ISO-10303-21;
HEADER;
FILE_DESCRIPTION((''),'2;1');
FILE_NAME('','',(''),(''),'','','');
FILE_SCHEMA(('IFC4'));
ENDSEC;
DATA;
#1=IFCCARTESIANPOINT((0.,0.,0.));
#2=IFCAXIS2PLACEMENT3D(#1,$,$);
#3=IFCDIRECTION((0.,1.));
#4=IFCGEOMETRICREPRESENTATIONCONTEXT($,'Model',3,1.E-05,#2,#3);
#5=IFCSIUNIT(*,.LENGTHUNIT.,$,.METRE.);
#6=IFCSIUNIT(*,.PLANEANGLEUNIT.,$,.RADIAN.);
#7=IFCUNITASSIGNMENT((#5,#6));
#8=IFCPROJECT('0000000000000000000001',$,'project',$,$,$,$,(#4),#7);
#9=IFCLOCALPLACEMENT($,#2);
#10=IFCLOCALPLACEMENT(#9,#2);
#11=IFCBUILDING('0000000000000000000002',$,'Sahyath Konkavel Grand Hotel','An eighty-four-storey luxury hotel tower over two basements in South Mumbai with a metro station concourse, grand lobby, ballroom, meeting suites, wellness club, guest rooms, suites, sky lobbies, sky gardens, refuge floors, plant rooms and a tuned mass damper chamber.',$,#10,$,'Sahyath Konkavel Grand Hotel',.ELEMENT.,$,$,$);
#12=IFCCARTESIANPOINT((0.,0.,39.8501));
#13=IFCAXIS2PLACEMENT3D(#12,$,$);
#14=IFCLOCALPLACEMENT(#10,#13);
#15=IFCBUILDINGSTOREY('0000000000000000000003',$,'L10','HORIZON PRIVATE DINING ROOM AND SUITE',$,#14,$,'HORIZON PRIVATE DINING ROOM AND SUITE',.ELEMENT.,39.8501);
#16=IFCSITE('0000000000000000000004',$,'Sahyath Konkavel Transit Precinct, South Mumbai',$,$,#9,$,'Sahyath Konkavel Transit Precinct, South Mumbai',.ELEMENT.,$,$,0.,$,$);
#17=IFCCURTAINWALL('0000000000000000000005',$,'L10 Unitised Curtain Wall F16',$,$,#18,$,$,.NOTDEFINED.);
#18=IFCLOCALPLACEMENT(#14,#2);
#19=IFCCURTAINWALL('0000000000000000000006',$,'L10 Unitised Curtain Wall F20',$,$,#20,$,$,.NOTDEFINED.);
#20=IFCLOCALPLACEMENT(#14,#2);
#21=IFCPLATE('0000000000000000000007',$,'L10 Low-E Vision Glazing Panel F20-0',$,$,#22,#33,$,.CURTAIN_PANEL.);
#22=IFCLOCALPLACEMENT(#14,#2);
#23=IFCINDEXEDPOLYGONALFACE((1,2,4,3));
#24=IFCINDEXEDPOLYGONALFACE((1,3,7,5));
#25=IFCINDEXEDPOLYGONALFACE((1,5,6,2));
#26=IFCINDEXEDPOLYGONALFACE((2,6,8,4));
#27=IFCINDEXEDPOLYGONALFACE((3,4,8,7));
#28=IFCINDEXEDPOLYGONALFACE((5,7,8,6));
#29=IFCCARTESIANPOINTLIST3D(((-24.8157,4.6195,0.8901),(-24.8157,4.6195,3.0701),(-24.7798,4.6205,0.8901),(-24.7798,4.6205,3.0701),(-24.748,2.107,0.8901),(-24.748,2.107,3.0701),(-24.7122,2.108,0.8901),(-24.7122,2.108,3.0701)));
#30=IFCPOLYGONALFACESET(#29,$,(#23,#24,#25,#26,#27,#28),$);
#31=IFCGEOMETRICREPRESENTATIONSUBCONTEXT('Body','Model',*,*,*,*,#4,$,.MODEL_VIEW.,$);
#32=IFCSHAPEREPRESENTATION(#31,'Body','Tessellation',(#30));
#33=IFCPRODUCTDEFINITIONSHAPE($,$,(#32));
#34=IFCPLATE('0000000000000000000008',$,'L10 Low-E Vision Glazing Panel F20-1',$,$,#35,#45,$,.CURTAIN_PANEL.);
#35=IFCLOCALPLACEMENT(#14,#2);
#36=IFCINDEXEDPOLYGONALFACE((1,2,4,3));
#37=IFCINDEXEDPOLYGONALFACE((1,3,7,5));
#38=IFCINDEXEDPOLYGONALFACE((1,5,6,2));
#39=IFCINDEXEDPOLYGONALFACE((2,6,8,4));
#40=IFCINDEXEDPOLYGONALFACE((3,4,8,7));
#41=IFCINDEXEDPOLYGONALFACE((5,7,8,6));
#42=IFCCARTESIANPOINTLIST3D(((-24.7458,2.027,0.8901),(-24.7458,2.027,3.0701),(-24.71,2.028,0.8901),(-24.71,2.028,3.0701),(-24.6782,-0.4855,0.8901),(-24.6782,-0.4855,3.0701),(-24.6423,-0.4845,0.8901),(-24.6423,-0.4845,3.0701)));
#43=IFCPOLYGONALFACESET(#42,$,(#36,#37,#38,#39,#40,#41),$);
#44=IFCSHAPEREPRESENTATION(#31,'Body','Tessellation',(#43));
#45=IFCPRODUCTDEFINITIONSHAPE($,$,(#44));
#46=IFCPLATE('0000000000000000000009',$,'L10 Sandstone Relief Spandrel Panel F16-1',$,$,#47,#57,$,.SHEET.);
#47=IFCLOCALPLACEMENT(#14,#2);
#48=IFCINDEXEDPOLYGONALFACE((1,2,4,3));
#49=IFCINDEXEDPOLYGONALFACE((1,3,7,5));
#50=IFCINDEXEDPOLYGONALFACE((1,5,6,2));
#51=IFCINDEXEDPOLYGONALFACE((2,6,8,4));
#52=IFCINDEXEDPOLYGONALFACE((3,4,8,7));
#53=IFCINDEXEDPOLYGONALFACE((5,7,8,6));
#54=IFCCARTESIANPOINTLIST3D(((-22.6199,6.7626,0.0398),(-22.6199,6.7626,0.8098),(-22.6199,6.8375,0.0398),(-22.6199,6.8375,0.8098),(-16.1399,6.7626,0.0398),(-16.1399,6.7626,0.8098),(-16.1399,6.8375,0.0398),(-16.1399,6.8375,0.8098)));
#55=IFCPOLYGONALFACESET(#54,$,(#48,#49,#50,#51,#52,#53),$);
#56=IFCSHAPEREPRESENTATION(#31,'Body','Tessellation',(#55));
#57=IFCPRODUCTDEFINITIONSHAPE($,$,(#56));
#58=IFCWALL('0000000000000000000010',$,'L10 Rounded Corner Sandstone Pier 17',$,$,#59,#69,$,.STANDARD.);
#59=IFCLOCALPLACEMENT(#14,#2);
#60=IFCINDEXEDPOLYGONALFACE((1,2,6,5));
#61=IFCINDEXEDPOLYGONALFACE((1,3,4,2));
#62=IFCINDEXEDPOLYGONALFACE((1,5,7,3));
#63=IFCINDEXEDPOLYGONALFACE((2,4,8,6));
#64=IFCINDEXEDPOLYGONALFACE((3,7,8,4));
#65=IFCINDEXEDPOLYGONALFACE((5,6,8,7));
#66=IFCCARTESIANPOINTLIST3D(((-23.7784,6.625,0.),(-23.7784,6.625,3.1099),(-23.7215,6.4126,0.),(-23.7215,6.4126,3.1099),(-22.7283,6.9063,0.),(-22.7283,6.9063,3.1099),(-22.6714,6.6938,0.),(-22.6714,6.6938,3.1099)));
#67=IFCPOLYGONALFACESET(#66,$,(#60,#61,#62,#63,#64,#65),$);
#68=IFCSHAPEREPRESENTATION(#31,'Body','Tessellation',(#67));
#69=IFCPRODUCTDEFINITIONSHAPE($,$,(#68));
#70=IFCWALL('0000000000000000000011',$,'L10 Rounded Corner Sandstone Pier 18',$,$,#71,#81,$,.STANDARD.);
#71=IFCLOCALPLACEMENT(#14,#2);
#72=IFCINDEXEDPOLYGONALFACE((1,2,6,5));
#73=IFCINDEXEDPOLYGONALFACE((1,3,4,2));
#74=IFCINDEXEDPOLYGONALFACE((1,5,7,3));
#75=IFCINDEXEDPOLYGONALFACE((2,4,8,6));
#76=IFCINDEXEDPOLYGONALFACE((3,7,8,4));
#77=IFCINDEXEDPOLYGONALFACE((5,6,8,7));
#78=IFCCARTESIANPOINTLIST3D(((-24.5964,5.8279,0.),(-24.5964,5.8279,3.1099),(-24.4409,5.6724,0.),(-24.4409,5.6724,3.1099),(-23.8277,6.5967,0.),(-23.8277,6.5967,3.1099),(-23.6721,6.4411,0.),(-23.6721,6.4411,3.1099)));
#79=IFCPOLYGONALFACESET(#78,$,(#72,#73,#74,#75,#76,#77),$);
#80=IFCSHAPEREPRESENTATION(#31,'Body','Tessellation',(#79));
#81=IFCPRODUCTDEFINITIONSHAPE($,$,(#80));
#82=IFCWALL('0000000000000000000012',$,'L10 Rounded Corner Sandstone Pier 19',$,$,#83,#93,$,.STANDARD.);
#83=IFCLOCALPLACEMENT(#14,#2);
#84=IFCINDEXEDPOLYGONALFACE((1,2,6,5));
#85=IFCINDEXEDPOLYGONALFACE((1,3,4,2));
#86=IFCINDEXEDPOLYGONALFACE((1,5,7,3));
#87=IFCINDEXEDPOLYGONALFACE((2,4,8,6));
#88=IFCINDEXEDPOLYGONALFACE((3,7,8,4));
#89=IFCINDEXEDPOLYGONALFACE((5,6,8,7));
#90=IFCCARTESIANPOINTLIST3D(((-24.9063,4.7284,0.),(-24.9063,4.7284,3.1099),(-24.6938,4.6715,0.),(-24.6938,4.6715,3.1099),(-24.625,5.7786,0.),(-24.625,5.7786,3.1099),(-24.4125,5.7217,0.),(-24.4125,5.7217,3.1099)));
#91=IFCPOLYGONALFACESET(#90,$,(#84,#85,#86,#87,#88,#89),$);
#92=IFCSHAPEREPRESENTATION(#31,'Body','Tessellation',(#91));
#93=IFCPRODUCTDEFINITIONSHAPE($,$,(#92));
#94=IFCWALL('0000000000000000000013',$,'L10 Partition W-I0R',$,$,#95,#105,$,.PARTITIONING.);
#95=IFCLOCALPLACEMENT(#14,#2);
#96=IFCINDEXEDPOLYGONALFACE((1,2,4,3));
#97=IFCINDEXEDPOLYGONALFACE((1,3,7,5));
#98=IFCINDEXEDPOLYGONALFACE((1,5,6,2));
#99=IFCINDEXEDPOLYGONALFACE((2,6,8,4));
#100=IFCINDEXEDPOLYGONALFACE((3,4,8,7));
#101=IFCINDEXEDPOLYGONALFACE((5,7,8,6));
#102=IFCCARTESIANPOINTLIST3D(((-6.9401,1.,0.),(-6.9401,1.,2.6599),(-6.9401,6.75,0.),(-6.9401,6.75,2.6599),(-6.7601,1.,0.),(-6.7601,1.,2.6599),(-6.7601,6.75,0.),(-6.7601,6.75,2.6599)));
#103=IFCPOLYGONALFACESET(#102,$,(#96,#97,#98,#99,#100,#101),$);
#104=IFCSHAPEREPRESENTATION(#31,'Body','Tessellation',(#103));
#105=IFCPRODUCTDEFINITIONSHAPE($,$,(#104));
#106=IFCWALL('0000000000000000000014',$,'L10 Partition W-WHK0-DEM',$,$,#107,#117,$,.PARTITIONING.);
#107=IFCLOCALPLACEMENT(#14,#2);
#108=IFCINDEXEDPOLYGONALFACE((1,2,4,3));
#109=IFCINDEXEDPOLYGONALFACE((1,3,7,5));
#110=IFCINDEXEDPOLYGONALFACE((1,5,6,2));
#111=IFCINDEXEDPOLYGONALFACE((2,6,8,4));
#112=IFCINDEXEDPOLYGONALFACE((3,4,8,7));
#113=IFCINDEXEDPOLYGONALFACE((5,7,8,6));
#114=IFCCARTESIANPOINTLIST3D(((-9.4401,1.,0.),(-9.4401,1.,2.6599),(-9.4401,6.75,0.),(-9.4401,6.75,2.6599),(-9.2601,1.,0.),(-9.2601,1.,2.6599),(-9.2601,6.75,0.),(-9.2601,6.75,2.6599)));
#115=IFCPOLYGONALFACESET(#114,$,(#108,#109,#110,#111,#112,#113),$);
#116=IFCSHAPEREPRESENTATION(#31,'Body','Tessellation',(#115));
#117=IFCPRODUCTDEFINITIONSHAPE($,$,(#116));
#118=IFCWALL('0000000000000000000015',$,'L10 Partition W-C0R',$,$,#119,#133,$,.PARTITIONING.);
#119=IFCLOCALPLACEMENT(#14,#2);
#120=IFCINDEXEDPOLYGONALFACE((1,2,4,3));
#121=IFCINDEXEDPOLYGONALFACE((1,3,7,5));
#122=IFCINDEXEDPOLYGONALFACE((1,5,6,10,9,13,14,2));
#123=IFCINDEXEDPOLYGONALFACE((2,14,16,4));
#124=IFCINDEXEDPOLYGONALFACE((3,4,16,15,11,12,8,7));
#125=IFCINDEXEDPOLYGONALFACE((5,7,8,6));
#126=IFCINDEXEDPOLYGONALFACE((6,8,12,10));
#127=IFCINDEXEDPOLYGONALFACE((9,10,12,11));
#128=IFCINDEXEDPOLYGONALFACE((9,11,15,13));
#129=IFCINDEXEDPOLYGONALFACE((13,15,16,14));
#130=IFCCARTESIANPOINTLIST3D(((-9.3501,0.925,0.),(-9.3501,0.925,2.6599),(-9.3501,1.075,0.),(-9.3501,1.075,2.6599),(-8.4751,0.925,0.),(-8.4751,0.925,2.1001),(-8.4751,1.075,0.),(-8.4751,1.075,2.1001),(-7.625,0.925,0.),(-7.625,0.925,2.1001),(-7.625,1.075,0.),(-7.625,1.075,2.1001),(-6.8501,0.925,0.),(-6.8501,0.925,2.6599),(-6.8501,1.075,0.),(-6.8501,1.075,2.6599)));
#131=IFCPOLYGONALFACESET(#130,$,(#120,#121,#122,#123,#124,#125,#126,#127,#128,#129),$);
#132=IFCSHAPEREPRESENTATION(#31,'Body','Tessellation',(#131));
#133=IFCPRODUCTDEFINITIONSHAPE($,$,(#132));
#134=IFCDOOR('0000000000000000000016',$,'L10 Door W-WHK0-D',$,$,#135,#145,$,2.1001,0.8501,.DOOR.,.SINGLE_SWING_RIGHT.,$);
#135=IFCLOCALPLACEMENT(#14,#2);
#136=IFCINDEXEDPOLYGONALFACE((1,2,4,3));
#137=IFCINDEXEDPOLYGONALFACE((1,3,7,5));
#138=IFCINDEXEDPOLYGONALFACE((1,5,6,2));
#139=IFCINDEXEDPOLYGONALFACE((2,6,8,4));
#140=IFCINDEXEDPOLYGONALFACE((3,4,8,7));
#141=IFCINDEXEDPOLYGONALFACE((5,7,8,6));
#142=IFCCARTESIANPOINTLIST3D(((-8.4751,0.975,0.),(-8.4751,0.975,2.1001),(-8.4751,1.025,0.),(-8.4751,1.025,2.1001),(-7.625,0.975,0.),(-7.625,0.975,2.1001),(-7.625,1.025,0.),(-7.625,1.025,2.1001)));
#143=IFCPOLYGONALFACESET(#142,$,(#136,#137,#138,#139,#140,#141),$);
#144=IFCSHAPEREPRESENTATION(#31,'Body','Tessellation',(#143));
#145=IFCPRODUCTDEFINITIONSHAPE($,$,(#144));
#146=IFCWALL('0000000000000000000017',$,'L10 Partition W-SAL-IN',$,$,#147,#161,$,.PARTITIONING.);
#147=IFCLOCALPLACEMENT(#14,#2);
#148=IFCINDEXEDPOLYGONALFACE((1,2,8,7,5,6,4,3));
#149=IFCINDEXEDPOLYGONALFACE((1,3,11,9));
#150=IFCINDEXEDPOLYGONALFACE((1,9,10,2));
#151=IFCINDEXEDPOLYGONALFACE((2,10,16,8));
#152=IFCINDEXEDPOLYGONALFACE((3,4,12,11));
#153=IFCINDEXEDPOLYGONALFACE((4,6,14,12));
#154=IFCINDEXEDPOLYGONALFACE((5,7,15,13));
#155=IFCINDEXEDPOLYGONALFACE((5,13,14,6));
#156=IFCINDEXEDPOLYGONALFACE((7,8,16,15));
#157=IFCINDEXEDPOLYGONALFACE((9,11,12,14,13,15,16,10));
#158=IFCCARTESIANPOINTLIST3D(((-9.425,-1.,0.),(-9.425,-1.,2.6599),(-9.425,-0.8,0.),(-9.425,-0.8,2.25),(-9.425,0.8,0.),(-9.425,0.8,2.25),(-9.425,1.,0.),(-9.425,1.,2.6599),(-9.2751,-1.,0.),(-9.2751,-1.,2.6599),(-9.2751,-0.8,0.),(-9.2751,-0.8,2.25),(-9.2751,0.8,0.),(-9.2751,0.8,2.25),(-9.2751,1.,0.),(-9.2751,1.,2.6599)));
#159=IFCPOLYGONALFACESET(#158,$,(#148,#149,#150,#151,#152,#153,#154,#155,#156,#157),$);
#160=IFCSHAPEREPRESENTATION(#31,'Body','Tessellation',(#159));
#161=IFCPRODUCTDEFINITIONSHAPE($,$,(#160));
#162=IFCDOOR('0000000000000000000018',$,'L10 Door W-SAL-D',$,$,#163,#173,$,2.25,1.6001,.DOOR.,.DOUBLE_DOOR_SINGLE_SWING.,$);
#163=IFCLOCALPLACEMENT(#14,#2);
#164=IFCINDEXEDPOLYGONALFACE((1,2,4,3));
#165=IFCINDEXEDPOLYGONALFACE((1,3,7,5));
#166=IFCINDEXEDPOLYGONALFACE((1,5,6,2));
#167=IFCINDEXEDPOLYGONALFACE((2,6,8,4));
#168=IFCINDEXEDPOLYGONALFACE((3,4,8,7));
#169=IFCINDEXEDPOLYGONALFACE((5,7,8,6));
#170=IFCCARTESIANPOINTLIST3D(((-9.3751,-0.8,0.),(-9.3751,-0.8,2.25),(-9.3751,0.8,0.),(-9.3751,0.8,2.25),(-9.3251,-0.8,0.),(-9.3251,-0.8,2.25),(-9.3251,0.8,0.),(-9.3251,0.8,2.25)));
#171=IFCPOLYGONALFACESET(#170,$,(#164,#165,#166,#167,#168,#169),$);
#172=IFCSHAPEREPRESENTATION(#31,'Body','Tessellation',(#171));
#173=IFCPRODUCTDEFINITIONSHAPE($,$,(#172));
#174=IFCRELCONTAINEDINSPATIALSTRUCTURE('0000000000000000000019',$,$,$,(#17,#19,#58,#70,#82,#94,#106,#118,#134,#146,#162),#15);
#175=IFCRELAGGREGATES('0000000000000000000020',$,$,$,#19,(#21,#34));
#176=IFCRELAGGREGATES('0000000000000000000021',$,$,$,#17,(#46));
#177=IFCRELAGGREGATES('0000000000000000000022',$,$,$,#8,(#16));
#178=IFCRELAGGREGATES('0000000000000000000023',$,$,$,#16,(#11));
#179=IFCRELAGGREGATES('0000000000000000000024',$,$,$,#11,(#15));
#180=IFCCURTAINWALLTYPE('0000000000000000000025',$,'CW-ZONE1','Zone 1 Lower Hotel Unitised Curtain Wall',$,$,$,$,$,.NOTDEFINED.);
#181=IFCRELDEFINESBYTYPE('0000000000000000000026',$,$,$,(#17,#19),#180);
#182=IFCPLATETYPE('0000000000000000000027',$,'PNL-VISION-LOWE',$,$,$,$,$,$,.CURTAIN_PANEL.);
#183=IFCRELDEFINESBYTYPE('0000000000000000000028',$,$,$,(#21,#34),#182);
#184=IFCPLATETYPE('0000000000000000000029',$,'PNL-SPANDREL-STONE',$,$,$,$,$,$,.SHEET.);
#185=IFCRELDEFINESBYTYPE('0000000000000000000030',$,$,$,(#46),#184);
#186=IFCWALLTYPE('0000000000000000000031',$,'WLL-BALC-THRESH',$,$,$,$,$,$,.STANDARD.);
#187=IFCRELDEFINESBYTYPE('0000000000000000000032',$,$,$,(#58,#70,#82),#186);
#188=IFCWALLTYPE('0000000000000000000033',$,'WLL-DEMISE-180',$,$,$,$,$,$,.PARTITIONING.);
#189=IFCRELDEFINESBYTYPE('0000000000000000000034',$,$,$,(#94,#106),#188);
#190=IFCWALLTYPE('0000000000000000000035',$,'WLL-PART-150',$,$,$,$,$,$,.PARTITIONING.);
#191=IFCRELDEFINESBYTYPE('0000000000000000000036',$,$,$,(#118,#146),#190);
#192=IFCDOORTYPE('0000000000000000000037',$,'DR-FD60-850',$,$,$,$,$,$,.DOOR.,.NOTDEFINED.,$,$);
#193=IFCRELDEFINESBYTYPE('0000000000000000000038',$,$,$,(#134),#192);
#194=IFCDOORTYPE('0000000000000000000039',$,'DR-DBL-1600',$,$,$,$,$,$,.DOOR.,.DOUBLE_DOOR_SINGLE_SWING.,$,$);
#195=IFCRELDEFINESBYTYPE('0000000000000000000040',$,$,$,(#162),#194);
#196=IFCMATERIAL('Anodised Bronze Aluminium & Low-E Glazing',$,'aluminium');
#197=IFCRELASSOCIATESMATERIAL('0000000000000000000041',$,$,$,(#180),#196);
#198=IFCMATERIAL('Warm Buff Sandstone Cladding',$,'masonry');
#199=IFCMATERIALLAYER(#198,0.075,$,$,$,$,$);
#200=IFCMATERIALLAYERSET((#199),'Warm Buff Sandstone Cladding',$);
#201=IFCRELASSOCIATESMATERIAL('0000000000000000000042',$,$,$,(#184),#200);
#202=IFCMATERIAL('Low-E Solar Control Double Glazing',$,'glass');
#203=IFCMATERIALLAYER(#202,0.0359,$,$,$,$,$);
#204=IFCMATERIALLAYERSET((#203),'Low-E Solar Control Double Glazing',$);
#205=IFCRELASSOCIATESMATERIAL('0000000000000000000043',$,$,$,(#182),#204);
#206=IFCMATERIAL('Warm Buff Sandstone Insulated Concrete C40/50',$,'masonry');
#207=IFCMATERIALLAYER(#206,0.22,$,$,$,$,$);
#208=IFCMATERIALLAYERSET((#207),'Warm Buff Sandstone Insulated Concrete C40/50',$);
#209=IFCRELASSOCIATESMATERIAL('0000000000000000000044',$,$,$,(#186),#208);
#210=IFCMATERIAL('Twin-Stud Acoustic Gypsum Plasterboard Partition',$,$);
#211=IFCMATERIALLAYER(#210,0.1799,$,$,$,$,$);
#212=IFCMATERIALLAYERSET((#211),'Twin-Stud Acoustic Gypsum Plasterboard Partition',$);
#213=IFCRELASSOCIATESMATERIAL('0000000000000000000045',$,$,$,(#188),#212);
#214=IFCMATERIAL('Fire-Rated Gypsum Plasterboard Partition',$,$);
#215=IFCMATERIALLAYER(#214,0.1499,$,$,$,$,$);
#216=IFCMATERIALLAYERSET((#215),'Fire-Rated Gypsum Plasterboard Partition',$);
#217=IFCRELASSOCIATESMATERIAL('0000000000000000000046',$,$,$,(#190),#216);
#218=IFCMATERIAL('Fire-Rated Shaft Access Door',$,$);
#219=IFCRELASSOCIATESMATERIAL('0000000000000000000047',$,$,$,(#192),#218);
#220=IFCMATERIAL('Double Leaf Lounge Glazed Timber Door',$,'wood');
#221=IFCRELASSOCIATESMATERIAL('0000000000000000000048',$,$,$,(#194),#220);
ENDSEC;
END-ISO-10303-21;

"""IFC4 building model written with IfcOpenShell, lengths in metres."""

from ifc_helpers import new_model, si_unit, direction, frame, frame_2d, origin, origin_2d, place, context, subcontext, project, spatial, rectangle, extrude, source, transform, mapped, material, layer, layer_set, type_object, element, fill, aggregate, save


model = new_model("IFC4")

# Units and contexts
model_context = context("Model", 3, precision=1e-05, world=origin(), true_north=direction((0.0, 1.0)))
body_context = subcontext(model_context, "Body", "Model", "MODEL_VIEW")
ifc_project = project(units=[si_unit("LENGTHUNIT", "METRE"), si_unit("PLANEANGLEUNIT", "RADIAN")], contexts=[model_context])

# Site, building, storey
site_placement = place(None, origin())
site = spatial("IfcSite", under=ifc_project, at=site_placement, Name="Sahyath Konkavel Transit Precinct, South Mumbai", LongName="Sahyath Konkavel Transit Precinct, South Mumbai", CompositionType="ELEMENT", RefElevation=0.0)
building_placement = place(site_placement, origin())
building = spatial("IfcBuilding", under=site, at=building_placement, Name="Sahyath Konkavel Grand Hotel", Description="An eighty-four-storey luxury hotel tower over two basements in South Mumbai with a metro station concourse, grand lobby, ballroom, meeting suites, wellness club, guest rooms, suites, sky lobbies, sky gardens, refuge floors, plant rooms and a tuned mass damper chamber.", LongName="Sahyath Konkavel Grand Hotel", CompositionType="ELEMENT")
storey_placement = place(building_placement, frame((0.0, 0.0, 39.8501)))
storey = spatial("IfcBuildingStorey", under=building, at=storey_placement, Name="L10", Description="HORIZON PRIVATE DINING ROOM AND SUITE", LongName="HORIZON PRIVATE DINING ROOM AND SUITE", CompositionType="ELEMENT", Elevation=39.8501)

# Curtain wall
ifc_material_1 = material(Name="Anodised Bronze Aluminium & Low-E Glazing", Category="aluminium")
curtain_wall_type = type_object("IfcCurtainWallType", Name="CW-ZONE1", Description="Zone 1 Lower Hotel Unitised Curtain Wall", PredefinedType="NOTDEFINED", material=ifc_material_1)
curtain_wall_1_placement = place(storey_placement, origin())
curtain_wall_1 = element("IfcCurtainWall", 1, at=curtain_wall_1_placement, inside=storey, type_object=curtain_wall_type, Name="L10 Unitised Curtain Wall F16", PredefinedType="NOTDEFINED")

# Curtain wall, plates
curtain_wall_2_placement = place(storey_placement, origin())
curtain_wall_2 = element("IfcCurtainWall", 2, at=curtain_wall_2_placement, inside=storey, type_object=curtain_wall_type, Name="L10 Unitised Curtain Wall F20", PredefinedType="NOTDEFINED")
ifc_material_2 = material(Name="Warm Buff Sandstone Cladding", Category="masonry")
ifc_layer_1 = layer(ifc_material_2, 0.075)
ifc_layer_set_1 = layer_set([ifc_layer_1], Name="Warm Buff Sandstone Cladding")
plate_type_1 = type_object("IfcPlateType", Name="PNL-SPANDREL-STONE", PredefinedType="SHEET", material=ifc_layer_set_1)
ifc_material_3 = material(Name="Low-E Solar Control Double Glazing", Category="glass")
ifc_layer_2 = layer(ifc_material_3, 0.0359)
ifc_layer_set_2 = layer_set([ifc_layer_2], Name="Low-E Solar Control Double Glazing")
plate_type_2 = type_object("IfcPlateType", Name="PNL-VISION-LOWE", PredefinedType="CURTAIN_PANEL", material=ifc_layer_set_2)
shared_shape_1 = source(origin(), body_context, "Body", "SweptSolid", [
    extrude(rectangle(XDim=2.5134, YDim=0.0359, at=origin_2d()), origin(), (0.0, 0.0, 1.0), 2.1799),
])
plate_1_placement = place(storey_placement, frame((-24.7639, 3.3638, 0.8901), z_axis=(0.0, 0.0, 1.0), x_axis=(0.02691, -0.999638, 0.0)))
plate_1 = element("IfcPlate", 3, at=plate_1_placement, type_object=plate_type_2, Name="L10 Low-E Vision Glazing Panel F20-0", PredefinedType="CURTAIN_PANEL", context=body_context, shape_type="MappedRepresentation", body=[
    mapped(shared_shape_1, transform((0.0, 0.0, 0.0), scale=1.0)),
])
plate_2_placement = place(storey_placement, frame((-24.6941, 0.7712, 0.8901), z_axis=(0.0, 0.0, 1.0), x_axis=(0.02691, -0.999638, 0.0)))
plate_2 = element("IfcPlate", 4, at=plate_2_placement, type_object=plate_type_2, Name="L10 Low-E Vision Glazing Panel F20-1", PredefinedType="CURTAIN_PANEL", context=body_context, shape_type="MappedRepresentation", body=[
    mapped(shared_shape_1, transform((0.0, 0.0, 0.0), scale=1.0)),
])
aggregate(curtain_wall_2, [plate_1, plate_2])

# Plate
shared_shape_2 = source(origin(), body_context, "Body", "SweptSolid", [
    extrude(rectangle(XDim=6.48, YDim=0.075, at=origin_2d()), origin(), (0.0, 0.0, 1.0), 0.77),
])
plate_3_placement = place(storey_placement, frame((-19.3799, 6.8, 0.0398), z_axis=(0.0, 0.0, 1.0), x_axis=(-1.0, 0.0, 0.0)))
plate_3 = element("IfcPlate", 5, at=plate_3_placement, type_object=plate_type_1, Name="L10 Sandstone Relief Spandrel Panel F16-1", PredefinedType="SHEET", context=body_context, shape_type="MappedRepresentation", body=[
    mapped(shared_shape_2, transform((0.0, 0.0, 0.0), scale=1.0)),
])
aggregate(curtain_wall_1, [plate_3])

# Walls
ifc_material_4 = material(Name="Warm Buff Sandstone Insulated Concrete C40/50", Category="masonry")
ifc_layer_3 = layer(ifc_material_4, 0.22)
ifc_layer_set_3 = layer_set([ifc_layer_3], Name="Warm Buff Sandstone Insulated Concrete C40/50")
wall_type_1 = type_object("IfcWallType", Name="WLL-BALC-THRESH", PredefinedType="STANDARD", material=ifc_layer_set_3)
for number, where, z_axis, x_axis, name in (
    (6, (-22.7, 6.8, 0.0), (0.0, 0.0, 1.0), (-0.965951, -0.258725, 0.0), "L10 Rounded Corner Sandstone Pier 17"),
    (7, (-23.75, 6.5188, 0.0), (0.0, 0.0, 1.0), (-0.707107, -0.707107, 0.0), "L10 Rounded Corner Sandstone Pier 18"),
    (8, (-24.5188, 5.75, 0.0), (0.0, 0.0, 1.0), (-0.258725, -0.965951, 0.0), "L10 Rounded Corner Sandstone Pier 19"),
):
    element("IfcWall", number, at=place(storey_placement, frame(where, z_axis=z_axis, x_axis=x_axis)), inside=storey, type_object=wall_type_1, Name=name, PredefinedType="STANDARD", context=body_context, shape_type="SweptSolid", body=[
        extrude(rectangle(XDim=1.0872, YDim=0.22, at=frame_2d((0.5435, 0.0))), origin(), (0.0, 0.0, 1.0), 3.1099),
    ])
ifc_material_5 = material(Name="Twin-Stud Acoustic Gypsum Plasterboard Partition")
ifc_layer_4 = layer(ifc_material_5, 0.1799)
ifc_layer_set_4 = layer_set([ifc_layer_4], Name="Twin-Stud Acoustic Gypsum Plasterboard Partition")
wall_type_2 = type_object("IfcWallType", Name="WLL-DEMISE-180", PredefinedType="PARTITIONING", material=ifc_layer_set_4)
for number, where, z_axis, x_axis, name in (
    (9, (-6.8501, 6.75, 0.0), (0.0, 0.0, 1.0), (0.0, -1.0, 0.0), "L10 Partition W-I0R"),
    (10, (-9.3501, 1.0, 0.0), (0.0, 0.0, 1.0), (0.0, 1.0, 0.0), "L10 Partition W-WHK0-DEM"),
):
    element("IfcWall", number, at=place(storey_placement, frame(where, z_axis=z_axis, x_axis=x_axis)), inside=storey, type_object=wall_type_2, Name=name, PredefinedType="PARTITIONING", context=body_context, shape_type="SweptSolid", body=[
        extrude(rectangle(XDim=5.75, YDim=0.1799, at=frame_2d((2.875, 0.0))), origin(), (0.0, 0.0, 1.0), 2.6599),
    ])

# Walls, openings, doors
ifc_material_6 = material(Name="Fire-Rated Gypsum Plasterboard Partition")
ifc_layer_5 = layer(ifc_material_6, 0.1499)
ifc_layer_set_5 = layer_set([ifc_layer_5], Name="Fire-Rated Gypsum Plasterboard Partition")
wall_type_3 = type_object("IfcWallType", Name="WLL-PART-150", PredefinedType="PARTITIONING", material=ifc_layer_set_5)
wall_1_placement = place(storey_placement, frame((-6.8501, 1.0, 0.0), z_axis=(0.0, 0.0, 1.0), x_axis=(-1.0, 0.0, 0.0)))
wall_1 = element("IfcWall", 11, at=wall_1_placement, inside=storey, type_object=wall_type_3, Name="L10 Partition W-C0R", PredefinedType="PARTITIONING", context=body_context, shape_type="SweptSolid", body=[
    extrude(rectangle(XDim=2.5, YDim=0.1499, at=frame_2d((1.25, 0.0))), origin(), (0.0, 0.0, 1.0), 2.6599),
])
opening_1_placement = place(wall_1_placement, frame((0.7749, 0.0, 0.0)))
opening_1 = element("IfcOpeningElement", 12, at=opening_1_placement, cuts=wall_1, PredefinedType="OPENING", context=body_context, shape_type="SweptSolid", body=[
    extrude(rectangle(XDim=0.8501, YDim=2.1001, at=frame_2d((0.425, 1.05))), frame((0.0, 0.085, 0.0), z_axis=(0.0, -1.0, 0.0), x_axis=(1.0, 0.0, 0.0)), (0.0, 0.0, 1.0), 0.1699),
])
ifc_material_7 = material(Name="Fire-Rated Shaft Access Door")
door_type_1 = type_object("IfcDoorType", Name="DR-FD60-850", OperationType="NOTDEFINED", PredefinedType="DOOR", material=ifc_material_7)
shared_shape_3 = source(origin(), body_context, "Body", "SweptSolid", [
    extrude(rectangle(XDim=0.8501, YDim=0.05, at=origin_2d()), origin(), (0.0, 0.0, 1.0), 2.1001),
])
door_1_placement = place(opening_1_placement, frame((0.425, 0.0, 0.0)))
door_1 = element("IfcDoor", 13, at=door_1_placement, inside=storey, type_object=door_type_1, Name="L10 Door W-WHK0-D", OperationType="SINGLE_SWING_RIGHT", OverallHeight=2.1001, OverallWidth=0.8501, PredefinedType="DOOR", context=body_context, shape_type="MappedRepresentation", body=[
    mapped(shared_shape_3, transform((0.0, 0.0, 0.0), scale=1.0)),
])
fill(opening_1, door_1)
wall_2_placement = place(storey_placement, frame((-9.3501, 1.0, 0.0), z_axis=(0.0, 0.0, 1.0), x_axis=(0.0, -1.0, 0.0)))
wall_2 = element("IfcWall", 14, at=wall_2_placement, inside=storey, type_object=wall_type_3, Name="L10 Partition W-SAL-IN", PredefinedType="PARTITIONING", context=body_context, shape_type="SweptSolid", body=[
    extrude(rectangle(XDim=2.0, YDim=0.1499, at=frame_2d((1.0, 0.0))), origin(), (0.0, 0.0, 1.0), 2.6599),
])
opening_2_placement = place(wall_2_placement, frame((0.2, 0.0, 0.0)))
opening_2 = element("IfcOpeningElement", 15, at=opening_2_placement, cuts=wall_2, PredefinedType="OPENING", context=body_context, shape_type="SweptSolid", body=[
    extrude(rectangle(XDim=1.6001, YDim=2.25, at=frame_2d((0.8, 1.125))), frame((0.0, 0.085, 0.0), z_axis=(0.0, -1.0, 0.0), x_axis=(1.0, 0.0, 0.0)), (0.0, 0.0, 1.0), 0.1699),
])
ifc_material_8 = material(Name="Double Leaf Lounge Glazed Timber Door", Category="wood")
door_type_2 = type_object("IfcDoorType", Name="DR-DBL-1600", OperationType="DOUBLE_DOOR_SINGLE_SWING", PredefinedType="DOOR", material=ifc_material_8)
shared_shape_4 = source(origin(), body_context, "Body", "SweptSolid", [
    extrude(rectangle(XDim=1.6001, YDim=0.05, at=origin_2d()), origin(), (0.0, 0.0, 1.0), 2.25),
])
door_2_placement = place(opening_2_placement, frame((0.8, 0.0, 0.0)))
door_2 = element("IfcDoor", 16, at=door_2_placement, inside=storey, type_object=door_type_2, Name="L10 Door W-SAL-D", OperationType="DOUBLE_DOOR_SINGLE_SWING", OverallHeight=2.25, OverallWidth=1.6001, PredefinedType="DOOR", context=body_context, shape_type="MappedRepresentation", body=[
    mapped(shared_shape_4, transform((0.0, 0.0, 0.0), scale=1.0)),
])
fill(opening_2, door_2)

save(model, "model.ifc")
